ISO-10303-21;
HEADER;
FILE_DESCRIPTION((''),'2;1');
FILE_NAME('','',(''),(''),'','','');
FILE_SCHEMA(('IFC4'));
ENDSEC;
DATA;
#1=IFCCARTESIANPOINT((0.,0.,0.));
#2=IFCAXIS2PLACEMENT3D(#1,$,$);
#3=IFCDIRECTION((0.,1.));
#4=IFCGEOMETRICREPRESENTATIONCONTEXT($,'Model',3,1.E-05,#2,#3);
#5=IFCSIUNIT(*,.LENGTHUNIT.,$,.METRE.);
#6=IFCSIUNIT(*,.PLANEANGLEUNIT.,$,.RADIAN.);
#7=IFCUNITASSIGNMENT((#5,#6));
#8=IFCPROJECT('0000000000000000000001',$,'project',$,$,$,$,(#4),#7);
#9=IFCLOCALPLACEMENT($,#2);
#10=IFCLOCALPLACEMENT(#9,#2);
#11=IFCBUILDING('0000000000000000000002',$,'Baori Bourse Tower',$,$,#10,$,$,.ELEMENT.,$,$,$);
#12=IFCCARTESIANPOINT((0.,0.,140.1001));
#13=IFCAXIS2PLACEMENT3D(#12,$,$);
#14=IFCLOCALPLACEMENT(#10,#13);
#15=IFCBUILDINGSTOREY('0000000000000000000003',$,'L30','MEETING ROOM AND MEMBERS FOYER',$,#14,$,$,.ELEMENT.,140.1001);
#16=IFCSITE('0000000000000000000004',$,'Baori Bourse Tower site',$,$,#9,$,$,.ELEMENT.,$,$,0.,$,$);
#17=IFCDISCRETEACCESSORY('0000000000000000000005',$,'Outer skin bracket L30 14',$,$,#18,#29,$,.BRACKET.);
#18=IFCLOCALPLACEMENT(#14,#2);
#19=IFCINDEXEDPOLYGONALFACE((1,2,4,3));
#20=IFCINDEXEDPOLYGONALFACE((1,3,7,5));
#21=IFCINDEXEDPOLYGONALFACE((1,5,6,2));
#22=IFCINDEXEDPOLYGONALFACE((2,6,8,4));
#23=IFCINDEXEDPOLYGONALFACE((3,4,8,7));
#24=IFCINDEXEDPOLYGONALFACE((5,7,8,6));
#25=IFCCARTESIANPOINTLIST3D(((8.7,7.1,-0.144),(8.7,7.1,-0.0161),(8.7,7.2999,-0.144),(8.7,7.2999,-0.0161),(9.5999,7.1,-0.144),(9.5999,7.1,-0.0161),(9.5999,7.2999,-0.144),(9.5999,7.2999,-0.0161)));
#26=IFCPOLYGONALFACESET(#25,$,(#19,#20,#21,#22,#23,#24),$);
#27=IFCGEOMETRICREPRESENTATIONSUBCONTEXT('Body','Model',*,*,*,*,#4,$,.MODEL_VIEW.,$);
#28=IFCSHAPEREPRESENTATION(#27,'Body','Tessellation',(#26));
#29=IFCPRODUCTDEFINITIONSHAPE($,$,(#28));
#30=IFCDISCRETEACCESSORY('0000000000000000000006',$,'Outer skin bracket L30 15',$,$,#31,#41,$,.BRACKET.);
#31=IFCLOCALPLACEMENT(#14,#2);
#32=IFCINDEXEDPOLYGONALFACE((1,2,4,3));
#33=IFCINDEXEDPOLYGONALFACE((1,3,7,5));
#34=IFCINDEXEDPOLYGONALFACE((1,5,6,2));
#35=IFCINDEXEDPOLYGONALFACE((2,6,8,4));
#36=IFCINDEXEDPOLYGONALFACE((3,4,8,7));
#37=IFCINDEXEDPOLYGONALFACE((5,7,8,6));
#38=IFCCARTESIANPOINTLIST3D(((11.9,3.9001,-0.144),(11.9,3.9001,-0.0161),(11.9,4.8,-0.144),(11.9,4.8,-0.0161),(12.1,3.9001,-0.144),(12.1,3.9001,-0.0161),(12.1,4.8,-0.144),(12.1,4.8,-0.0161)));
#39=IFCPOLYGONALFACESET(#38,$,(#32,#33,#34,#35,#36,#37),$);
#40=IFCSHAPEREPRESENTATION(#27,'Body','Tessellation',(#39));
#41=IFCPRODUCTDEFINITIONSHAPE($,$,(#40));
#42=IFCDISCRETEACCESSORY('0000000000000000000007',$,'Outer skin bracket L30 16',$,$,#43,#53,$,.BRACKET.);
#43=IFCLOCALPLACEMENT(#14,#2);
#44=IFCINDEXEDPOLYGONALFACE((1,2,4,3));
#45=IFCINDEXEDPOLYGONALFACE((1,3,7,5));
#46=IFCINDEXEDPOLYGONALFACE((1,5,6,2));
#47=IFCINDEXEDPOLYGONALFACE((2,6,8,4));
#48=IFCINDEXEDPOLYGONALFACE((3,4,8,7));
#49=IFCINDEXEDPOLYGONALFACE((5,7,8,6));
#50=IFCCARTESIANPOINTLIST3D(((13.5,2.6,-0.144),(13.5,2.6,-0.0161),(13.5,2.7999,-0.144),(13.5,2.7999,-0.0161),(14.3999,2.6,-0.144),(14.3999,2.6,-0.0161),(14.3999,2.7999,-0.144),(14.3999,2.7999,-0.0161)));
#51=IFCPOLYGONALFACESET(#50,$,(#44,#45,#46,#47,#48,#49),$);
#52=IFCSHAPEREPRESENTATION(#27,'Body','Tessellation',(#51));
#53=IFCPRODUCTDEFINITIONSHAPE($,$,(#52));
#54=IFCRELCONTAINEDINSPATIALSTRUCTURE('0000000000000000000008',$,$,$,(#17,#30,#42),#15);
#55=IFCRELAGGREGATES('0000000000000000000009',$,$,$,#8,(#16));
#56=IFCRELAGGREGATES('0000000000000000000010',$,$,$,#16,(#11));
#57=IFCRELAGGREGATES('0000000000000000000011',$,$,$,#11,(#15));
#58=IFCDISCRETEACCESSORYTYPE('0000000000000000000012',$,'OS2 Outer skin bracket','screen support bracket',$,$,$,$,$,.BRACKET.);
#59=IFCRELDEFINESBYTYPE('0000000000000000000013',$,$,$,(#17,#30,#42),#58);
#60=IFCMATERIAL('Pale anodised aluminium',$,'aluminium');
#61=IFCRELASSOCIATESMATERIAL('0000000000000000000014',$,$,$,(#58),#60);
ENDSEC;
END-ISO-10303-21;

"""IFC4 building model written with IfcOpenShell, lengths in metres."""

from ifc_helpers import new_model, si_unit, direction, frame, origin, origin_2d, place, context, subcontext, project, spatial, rectangle, extrude, material, type_object, element, save


model = new_model("IFC4")

# Units and contexts
model_context = context("Model", 3, precision=1e-05, world=origin(), true_north=direction((0.0, 1.0)))
body_context = subcontext(model_context, "Body", "Model", "MODEL_VIEW")
ifc_project = project(units=[si_unit("LENGTHUNIT", "METRE"), si_unit("PLANEANGLEUNIT", "RADIAN")], contexts=[model_context])

# Site, building, storey
site_placement = place(None, origin())
site = spatial("IfcSite", under=ifc_project, at=site_placement, Name="Baori Bourse Tower site", CompositionType="ELEMENT", RefElevation=0.0)
building_placement = place(site_placement, origin())
building = spatial("IfcBuilding", under=site, at=building_placement, Name="Baori Bourse Tower", CompositionType="ELEMENT")
storey_placement = place(building_placement, frame((0.0, 0.0, 140.1001)))
storey = spatial("IfcBuildingStorey", under=building, at=storey_placement, Name="L30", Description="MEETING ROOM AND MEMBERS FOYER", CompositionType="ELEMENT", Elevation=140.1001)

# Discrete accessories
ifc_material_1 = material(Name="Pale anodised aluminium", Category="aluminium")
discrete_accessory_type = type_object("IfcDiscreteAccessoryType", Name="OS2 Outer skin bracket", Description="screen support bracket", PredefinedType="BRACKET", material=ifc_material_1)
for number, where, z_axis, x_axis, name in (
    (1, (9.1499, 7.2, -0.144), (0.0, 0.0, 1.0), (0.0, -1.0, 0.0), "Outer skin bracket L30 14"),
    (2, (12.0, 4.3501, -0.144), (0.0, 0.0, 1.0), (1.0, 0.0, 0.0), "Outer skin bracket L30 15"),
    (3, (13.95, 2.7, -0.144), (0.0, 0.0, 1.0), (0.0, -1.0, 0.0), "Outer skin bracket L30 16"),
):
    element("IfcDiscreteAccessory", number, at=place(storey_placement, frame(where, z_axis=z_axis, x_axis=x_axis)), inside=storey, type_object=discrete_accessory_type, Name=name, PredefinedType="BRACKET", context=body_context, shape_type="SweptSolid", body=[
        extrude(rectangle(XDim=0.2, YDim=0.8999, at=origin_2d()), origin(), (0.0, 0.0, 1.0), 0.1279),
    ])

save(model, "model.ifc")
